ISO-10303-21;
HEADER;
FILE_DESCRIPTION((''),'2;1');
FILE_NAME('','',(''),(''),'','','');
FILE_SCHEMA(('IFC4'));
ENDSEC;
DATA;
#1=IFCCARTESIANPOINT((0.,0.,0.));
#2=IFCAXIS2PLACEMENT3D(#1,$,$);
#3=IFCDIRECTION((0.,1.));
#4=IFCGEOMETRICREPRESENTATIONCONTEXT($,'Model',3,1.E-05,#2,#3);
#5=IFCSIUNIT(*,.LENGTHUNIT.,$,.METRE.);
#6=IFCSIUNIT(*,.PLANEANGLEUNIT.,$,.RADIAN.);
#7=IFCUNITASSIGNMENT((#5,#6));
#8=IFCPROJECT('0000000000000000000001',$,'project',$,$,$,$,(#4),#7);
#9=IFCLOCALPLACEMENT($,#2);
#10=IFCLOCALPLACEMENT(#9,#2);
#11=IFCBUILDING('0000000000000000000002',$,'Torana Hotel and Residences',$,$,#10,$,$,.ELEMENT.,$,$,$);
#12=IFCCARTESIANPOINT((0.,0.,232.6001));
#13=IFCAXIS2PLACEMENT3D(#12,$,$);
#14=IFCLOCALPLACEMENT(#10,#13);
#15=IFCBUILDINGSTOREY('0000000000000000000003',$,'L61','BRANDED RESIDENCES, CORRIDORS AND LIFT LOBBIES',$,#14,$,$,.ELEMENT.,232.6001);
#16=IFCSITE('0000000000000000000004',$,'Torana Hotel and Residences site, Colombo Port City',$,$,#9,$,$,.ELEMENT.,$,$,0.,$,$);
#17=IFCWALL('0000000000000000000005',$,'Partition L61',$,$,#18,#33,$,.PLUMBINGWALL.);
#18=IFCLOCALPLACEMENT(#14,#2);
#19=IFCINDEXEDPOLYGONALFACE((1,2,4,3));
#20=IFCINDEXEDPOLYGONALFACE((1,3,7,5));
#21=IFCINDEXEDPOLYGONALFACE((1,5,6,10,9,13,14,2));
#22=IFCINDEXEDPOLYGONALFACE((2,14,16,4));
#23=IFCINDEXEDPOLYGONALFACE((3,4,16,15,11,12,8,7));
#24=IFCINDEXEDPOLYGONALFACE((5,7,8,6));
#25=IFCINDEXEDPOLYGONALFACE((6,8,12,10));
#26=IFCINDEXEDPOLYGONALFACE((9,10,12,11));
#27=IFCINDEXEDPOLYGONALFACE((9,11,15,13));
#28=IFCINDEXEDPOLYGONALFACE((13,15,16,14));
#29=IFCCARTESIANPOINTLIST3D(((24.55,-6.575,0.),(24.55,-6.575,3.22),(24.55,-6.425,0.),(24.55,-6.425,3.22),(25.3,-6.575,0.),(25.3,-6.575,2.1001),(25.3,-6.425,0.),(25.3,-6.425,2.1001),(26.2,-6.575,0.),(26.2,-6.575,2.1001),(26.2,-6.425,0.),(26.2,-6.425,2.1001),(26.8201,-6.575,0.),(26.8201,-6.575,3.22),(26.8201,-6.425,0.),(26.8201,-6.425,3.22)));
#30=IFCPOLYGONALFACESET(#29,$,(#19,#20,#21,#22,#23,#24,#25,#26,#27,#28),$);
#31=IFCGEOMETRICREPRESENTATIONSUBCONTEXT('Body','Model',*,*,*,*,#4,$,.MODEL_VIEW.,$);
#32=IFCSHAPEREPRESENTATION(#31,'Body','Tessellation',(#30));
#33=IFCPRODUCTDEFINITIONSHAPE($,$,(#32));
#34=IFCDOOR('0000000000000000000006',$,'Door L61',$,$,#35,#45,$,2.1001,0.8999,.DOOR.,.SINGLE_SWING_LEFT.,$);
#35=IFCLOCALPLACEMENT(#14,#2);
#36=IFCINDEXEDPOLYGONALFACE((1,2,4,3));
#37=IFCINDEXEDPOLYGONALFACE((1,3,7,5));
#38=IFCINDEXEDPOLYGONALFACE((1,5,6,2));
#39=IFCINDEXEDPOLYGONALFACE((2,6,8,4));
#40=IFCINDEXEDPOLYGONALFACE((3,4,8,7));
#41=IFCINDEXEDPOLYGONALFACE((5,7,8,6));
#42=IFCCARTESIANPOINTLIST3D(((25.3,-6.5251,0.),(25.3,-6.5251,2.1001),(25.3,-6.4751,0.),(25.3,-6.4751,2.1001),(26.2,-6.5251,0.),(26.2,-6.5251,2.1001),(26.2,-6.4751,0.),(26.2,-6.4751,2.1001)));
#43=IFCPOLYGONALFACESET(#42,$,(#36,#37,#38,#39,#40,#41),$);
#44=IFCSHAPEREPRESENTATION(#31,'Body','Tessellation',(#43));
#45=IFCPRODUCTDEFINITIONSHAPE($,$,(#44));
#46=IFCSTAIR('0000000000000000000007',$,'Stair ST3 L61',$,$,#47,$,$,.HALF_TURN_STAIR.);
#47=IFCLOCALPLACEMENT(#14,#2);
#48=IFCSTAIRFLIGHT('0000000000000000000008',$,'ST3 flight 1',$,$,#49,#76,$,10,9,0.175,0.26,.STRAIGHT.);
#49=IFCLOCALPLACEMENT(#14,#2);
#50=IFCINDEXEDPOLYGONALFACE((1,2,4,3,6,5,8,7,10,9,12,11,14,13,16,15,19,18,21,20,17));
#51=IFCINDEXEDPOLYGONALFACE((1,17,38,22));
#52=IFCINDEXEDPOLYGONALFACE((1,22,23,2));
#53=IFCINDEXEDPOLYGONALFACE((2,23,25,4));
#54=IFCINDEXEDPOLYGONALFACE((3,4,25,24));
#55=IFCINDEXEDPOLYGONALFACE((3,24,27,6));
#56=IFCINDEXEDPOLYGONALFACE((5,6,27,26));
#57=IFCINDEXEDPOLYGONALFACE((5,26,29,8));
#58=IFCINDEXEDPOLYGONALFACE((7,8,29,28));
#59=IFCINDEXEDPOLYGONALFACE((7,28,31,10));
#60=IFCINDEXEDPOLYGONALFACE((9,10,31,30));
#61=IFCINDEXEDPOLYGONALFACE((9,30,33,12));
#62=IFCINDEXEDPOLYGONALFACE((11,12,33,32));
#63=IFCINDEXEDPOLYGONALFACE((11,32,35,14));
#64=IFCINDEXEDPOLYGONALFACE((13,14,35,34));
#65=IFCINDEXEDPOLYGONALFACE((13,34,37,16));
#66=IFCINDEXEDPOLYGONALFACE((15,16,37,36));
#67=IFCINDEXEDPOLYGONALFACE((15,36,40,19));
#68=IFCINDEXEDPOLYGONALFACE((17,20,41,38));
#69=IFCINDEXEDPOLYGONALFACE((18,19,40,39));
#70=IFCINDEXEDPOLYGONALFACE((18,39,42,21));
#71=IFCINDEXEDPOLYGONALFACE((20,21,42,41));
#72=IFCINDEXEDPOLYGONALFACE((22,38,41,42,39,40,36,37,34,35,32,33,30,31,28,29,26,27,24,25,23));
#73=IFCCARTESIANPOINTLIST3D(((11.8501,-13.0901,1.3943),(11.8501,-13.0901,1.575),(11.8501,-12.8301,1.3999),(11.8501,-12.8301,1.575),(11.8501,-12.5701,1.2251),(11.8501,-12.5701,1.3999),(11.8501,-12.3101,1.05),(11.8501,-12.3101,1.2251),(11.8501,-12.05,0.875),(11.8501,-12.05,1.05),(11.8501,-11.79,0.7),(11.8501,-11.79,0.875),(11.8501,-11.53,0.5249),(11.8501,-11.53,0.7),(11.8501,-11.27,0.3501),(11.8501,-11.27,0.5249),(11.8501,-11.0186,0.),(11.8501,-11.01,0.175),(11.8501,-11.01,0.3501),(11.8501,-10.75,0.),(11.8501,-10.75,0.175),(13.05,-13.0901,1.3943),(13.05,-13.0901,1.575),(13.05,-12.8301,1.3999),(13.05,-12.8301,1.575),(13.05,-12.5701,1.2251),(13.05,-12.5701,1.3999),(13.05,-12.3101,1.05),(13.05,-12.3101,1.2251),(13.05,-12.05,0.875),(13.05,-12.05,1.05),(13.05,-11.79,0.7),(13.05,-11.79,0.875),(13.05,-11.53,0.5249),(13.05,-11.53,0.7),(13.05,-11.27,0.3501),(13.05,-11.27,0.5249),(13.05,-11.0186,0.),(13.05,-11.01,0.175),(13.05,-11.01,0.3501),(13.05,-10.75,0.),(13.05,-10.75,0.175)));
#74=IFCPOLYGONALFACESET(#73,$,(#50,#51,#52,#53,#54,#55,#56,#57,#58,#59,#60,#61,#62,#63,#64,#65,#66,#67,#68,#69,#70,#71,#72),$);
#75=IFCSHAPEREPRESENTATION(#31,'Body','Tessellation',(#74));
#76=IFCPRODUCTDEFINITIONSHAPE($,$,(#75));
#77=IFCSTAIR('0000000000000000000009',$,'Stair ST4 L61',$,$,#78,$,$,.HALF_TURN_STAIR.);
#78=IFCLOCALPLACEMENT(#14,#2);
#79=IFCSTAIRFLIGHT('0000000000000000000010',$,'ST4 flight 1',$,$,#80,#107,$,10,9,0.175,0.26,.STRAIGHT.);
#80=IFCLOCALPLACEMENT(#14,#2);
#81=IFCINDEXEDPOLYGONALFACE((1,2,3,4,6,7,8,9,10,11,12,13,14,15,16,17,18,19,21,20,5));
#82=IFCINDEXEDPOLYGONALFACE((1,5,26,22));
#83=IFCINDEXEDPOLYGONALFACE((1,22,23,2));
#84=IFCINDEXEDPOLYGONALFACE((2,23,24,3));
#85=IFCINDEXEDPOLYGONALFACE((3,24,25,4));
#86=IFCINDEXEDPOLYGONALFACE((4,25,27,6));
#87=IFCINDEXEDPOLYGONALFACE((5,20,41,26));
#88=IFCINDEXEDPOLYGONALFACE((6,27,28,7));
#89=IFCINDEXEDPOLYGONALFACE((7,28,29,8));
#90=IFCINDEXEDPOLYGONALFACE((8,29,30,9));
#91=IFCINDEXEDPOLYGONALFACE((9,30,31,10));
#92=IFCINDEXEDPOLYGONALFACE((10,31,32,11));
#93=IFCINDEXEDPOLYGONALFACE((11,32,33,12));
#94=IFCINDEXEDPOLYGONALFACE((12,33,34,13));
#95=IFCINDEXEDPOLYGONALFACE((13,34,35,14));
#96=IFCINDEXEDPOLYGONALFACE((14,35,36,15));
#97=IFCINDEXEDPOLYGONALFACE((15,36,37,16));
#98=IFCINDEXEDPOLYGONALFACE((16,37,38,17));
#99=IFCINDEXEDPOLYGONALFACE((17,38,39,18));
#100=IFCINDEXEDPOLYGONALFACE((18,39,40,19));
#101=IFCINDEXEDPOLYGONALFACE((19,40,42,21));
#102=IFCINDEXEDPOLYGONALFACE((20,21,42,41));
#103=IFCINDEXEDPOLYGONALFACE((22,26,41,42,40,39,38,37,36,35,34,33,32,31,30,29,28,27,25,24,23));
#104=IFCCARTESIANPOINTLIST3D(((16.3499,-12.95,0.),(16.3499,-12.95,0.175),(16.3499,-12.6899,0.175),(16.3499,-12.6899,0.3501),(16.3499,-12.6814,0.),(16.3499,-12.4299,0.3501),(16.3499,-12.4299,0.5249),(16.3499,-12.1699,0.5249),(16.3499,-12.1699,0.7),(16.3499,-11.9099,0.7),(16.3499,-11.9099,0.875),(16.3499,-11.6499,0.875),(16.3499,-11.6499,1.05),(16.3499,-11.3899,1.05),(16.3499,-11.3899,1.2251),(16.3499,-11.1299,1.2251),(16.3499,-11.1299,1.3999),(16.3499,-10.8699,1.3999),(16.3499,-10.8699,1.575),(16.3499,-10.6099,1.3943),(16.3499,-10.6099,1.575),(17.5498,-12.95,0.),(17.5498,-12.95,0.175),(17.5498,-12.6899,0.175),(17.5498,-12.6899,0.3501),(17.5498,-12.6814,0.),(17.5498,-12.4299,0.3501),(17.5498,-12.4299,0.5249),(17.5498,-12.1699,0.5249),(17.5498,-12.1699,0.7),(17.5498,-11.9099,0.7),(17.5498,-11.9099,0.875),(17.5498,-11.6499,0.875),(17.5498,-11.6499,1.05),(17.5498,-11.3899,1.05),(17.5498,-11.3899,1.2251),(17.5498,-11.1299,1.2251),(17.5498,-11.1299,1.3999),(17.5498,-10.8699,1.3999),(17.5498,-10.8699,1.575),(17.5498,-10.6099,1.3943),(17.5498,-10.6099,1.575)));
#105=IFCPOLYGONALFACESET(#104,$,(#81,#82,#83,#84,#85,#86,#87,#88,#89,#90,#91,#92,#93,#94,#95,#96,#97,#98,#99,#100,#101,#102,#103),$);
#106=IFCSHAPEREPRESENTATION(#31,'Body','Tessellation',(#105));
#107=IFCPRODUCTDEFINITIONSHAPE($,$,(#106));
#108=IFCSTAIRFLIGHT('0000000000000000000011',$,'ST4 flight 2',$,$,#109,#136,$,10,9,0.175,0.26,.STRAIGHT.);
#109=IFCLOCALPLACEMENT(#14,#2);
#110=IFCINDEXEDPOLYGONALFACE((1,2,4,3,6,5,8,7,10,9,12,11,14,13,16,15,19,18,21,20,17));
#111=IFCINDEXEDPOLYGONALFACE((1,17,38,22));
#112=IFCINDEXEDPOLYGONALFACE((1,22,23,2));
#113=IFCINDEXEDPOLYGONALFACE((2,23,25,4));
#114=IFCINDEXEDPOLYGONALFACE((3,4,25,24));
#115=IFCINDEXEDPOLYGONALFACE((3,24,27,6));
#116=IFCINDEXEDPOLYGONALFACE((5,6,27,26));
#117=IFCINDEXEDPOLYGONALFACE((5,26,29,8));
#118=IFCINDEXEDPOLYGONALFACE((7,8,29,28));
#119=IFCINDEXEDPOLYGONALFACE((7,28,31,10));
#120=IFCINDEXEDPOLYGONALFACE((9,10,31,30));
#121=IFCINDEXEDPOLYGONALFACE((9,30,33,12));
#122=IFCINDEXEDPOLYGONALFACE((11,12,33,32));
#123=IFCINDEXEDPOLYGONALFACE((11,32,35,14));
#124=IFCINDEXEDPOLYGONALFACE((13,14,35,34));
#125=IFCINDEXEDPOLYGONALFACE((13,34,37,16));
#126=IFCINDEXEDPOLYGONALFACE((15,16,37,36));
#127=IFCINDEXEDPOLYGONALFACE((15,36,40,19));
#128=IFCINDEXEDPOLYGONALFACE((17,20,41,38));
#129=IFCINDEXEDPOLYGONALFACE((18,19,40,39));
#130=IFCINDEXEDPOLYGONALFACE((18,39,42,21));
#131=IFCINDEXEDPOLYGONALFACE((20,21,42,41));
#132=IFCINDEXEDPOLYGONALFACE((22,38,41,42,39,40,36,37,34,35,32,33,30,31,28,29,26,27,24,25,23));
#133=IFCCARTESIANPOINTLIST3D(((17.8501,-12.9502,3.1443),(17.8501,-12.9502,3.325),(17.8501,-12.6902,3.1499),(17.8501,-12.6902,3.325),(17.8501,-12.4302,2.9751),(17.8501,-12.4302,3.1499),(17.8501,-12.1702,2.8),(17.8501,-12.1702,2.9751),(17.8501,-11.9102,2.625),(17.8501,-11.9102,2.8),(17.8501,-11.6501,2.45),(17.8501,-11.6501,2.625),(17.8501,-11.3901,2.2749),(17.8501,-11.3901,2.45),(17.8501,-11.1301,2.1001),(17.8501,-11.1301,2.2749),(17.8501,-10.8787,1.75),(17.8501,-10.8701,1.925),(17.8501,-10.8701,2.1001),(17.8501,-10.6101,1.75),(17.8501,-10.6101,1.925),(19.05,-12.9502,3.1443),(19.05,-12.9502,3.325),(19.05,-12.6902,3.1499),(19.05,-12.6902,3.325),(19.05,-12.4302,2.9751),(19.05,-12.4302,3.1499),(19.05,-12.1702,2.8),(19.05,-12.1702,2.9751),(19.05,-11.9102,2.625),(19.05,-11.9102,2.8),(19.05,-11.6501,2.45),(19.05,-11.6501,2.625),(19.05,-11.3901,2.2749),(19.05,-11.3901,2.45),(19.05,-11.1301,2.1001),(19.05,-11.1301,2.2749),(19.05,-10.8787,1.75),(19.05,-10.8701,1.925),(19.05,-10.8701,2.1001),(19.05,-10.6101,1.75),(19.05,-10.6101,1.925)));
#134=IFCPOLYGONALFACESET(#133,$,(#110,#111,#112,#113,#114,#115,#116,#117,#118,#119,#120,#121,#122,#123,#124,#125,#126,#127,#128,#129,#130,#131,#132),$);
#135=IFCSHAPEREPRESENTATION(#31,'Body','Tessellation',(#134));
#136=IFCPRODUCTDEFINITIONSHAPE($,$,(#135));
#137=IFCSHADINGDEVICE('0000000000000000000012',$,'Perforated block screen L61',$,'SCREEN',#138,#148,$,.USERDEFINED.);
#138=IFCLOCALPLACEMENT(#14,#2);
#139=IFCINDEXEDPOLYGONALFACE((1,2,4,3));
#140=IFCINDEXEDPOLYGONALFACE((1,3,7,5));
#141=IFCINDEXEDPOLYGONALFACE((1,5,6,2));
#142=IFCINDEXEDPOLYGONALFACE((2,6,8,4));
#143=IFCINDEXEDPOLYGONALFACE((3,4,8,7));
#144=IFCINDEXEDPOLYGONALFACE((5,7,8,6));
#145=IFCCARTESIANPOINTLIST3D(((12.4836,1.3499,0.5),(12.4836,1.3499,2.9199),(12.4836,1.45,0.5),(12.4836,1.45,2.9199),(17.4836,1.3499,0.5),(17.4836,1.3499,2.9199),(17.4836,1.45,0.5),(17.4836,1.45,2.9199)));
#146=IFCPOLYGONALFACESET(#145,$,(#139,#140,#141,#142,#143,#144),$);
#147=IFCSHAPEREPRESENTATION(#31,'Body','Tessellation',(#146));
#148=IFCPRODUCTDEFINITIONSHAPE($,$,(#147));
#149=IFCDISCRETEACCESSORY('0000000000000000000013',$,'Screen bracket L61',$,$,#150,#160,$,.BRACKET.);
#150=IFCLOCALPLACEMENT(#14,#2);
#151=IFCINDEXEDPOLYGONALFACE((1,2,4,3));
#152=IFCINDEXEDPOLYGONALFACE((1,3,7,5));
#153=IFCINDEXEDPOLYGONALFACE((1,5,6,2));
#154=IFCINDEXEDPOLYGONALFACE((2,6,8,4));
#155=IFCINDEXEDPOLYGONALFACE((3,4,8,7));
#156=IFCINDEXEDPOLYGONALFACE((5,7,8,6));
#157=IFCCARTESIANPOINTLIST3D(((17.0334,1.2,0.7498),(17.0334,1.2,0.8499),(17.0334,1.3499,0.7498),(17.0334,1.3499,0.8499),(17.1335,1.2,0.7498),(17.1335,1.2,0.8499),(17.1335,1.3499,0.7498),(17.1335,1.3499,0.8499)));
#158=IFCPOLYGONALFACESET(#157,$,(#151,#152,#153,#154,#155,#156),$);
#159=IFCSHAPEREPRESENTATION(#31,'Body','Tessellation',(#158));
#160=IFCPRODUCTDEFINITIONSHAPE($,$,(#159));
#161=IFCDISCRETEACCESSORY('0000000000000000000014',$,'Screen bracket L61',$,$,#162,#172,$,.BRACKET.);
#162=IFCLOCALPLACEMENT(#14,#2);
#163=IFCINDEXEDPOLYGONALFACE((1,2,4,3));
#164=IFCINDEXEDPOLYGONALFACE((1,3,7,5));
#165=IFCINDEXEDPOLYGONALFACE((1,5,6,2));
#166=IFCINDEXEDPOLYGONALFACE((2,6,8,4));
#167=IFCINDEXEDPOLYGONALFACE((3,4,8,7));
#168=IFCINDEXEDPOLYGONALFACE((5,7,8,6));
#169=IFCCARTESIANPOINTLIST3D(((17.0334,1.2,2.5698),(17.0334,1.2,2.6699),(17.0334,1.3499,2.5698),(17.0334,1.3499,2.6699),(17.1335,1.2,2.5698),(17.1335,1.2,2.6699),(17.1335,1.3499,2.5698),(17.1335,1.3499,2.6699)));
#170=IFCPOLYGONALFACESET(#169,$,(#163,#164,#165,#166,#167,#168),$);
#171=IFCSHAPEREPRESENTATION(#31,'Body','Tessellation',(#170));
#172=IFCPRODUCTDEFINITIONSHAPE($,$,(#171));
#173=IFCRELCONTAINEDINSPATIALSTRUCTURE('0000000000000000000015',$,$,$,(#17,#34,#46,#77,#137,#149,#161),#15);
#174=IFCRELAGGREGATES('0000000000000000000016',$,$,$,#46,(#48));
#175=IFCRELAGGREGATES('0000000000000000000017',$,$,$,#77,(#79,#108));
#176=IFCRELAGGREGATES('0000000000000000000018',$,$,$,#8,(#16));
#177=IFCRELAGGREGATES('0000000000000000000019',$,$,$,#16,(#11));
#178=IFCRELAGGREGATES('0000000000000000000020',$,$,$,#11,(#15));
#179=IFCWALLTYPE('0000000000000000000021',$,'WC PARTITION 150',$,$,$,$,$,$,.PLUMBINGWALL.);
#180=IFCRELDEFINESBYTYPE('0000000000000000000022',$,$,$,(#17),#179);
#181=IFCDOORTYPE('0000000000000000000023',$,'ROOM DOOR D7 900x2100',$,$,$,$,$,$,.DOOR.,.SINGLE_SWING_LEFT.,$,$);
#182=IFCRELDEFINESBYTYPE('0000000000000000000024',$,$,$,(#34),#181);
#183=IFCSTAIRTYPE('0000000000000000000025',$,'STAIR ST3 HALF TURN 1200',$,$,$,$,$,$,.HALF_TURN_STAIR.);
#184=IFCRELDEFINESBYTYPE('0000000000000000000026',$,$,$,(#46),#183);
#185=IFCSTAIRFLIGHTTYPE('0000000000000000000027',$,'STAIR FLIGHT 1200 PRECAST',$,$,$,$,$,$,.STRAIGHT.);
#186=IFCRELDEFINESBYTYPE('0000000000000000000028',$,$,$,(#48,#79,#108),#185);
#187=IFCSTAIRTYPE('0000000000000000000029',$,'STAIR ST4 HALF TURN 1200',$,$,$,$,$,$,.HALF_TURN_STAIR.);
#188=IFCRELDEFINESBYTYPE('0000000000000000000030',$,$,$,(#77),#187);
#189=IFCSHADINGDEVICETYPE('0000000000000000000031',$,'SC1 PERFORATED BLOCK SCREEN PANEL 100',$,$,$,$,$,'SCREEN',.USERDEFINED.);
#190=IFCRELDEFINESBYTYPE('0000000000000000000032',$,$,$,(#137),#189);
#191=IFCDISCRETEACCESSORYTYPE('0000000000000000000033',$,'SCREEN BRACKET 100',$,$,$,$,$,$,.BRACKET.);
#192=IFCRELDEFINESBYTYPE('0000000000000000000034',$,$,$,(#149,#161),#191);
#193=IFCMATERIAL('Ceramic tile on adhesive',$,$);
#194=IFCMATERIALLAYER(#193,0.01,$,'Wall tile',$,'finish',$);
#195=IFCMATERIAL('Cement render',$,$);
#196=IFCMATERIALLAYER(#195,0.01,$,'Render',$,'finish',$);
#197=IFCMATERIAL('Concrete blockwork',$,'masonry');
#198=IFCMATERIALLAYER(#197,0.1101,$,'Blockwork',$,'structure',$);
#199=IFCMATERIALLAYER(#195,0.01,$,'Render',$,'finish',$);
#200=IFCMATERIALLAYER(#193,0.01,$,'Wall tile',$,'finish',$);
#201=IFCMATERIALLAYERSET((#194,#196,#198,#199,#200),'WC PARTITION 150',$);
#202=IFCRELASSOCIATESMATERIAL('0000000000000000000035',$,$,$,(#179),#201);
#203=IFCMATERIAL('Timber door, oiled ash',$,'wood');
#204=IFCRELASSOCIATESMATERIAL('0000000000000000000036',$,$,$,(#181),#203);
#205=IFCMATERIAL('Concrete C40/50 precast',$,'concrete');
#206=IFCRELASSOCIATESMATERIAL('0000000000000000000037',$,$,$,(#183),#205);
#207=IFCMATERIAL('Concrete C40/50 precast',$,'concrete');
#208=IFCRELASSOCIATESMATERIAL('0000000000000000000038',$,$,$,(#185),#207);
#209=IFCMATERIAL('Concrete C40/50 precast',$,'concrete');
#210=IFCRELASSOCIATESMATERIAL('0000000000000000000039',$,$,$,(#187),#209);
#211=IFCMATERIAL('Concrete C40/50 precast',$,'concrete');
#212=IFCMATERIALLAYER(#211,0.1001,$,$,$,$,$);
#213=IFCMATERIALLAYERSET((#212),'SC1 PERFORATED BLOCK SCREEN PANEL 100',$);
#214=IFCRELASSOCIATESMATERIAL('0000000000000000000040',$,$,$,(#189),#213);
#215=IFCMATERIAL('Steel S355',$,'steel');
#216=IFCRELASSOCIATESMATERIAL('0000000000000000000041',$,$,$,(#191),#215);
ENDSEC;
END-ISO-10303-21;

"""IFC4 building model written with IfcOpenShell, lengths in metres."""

from ifc_helpers import new_model, si_unit, direction, frame, frame_2d, origin, origin_2d, place, context, subcontext, project, spatial, polyline, rectangle, outline, extrude, material, layer, layer_set, type_object, element, fill, aggregate, save


model = new_model("IFC4")

# Units and contexts
model_context = context("Model", 3, precision=1e-05, world=origin(), true_north=direction((0.0, 1.0)))
body_context = subcontext(model_context, "Body", "Model", "MODEL_VIEW")
ifc_project = project(units=[si_unit("LENGTHUNIT", "METRE"), si_unit("PLANEANGLEUNIT", "RADIAN")], contexts=[model_context])

# Site, building, storey
site_placement = place(None, origin())
site = spatial("IfcSite", under=ifc_project, at=site_placement, Name="Torana Hotel and Residences site, Colombo Port City", CompositionType="ELEMENT", RefElevation=0.0)
building_placement = place(site_placement, origin())
building = spatial("IfcBuilding", under=site, at=building_placement, Name="Torana Hotel and Residences", CompositionType="ELEMENT")
storey_placement = place(building_placement, frame((0.0, 0.0, 232.6001)))
storey = spatial("IfcBuildingStorey", under=building, at=storey_placement, Name="L61", Description="BRANDED RESIDENCES, CORRIDORS AND LIFT LOBBIES", CompositionType="ELEMENT", Elevation=232.6001)

# Shared definitions
ifc_material_1 = material(Name="Concrete blockwork", Category="masonry")

# Wall, opening, door
ifc_material_2 = material(Name="Ceramic tile on adhesive")
ifc_layer_1 = layer(ifc_material_2, 0.01, Name="Wall tile", Category="finish")
ifc_material_3 = material(Name="Cement render")
ifc_layer_2 = layer(ifc_material_3, 0.01, Name="Render", Category="finish")
ifc_layer_3 = layer(ifc_material_1, 0.1101, Name="Blockwork", Category="structure")
ifc_layer_4 = layer(ifc_material_3, 0.01, Name="Render", Category="finish")
ifc_layer_5 = layer(ifc_material_2, 0.01, Name="Wall tile", Category="finish")
ifc_layer_set_1 = layer_set([ifc_layer_1, ifc_layer_2, ifc_layer_3, ifc_layer_4, ifc_layer_5], Name="WC PARTITION 150")
wall_type_1 = type_object("IfcWallType", Name="WC PARTITION 150", PredefinedType="PLUMBINGWALL", material=ifc_layer_set_1)
wall_1_placement = place(storey_placement, frame((24.55, -6.5, 0.0), z_axis=(0.0, 0.0, 1.0), x_axis=(1.0, 0.0, 0.0)))
wall_1 = element("IfcWall", 1, at=wall_1_placement, inside=storey, type_object=wall_type_1, Name="Partition L61", PredefinedType="PLUMBINGWALL", context=body_context, shape_type="SweptSolid", body=[
    extrude(rectangle(XDim=2.27, YDim=0.1499, at=frame_2d((1.135, 0.0))), origin(), (0.0, 0.0, 1.0), 3.22),
])
opening_1_placement = place(wall_1_placement, frame((0.75, 0.0, 0.0)))
opening_1 = element("IfcOpeningElement", 2, at=opening_1_placement, cuts=wall_1, PredefinedType="OPENING", context=body_context, shape_type="SweptSolid", body=[
    extrude(rectangle(XDim=0.8999, YDim=2.1001, at=frame_2d((0.45, 1.05))), frame((0.0, 0.085, 0.0), z_axis=(0.0, -1.0, 0.0), x_axis=(1.0, 0.0, 0.0)), (0.0, 0.0, 1.0), 0.1699),
])
ifc_material_4 = material(Name="Timber door, oiled ash", Category="wood")
door_type_1 = type_object("IfcDoorType", Name="ROOM DOOR D7 900x2100", OperationType="SINGLE_SWING_LEFT", PredefinedType="DOOR", material=ifc_material_4)
door_1_placement = place(opening_1_placement, origin())
door_1 = element("IfcDoor", 3, at=door_1_placement, inside=storey, type_object=door_type_1, Name="Door L61", OperationType="SINGLE_SWING_LEFT", OverallHeight=2.1001, OverallWidth=0.8999, PredefinedType="DOOR", context=body_context, shape_type="SweptSolid", body=[
    extrude(rectangle(XDim=0.8999, YDim=2.1001, at=frame_2d((0.45, 1.05))), frame((0.0, 0.0249, 0.0), z_axis=(0.0, -1.0, 0.0), x_axis=(1.0, 0.0, 0.0)), (0.0, 0.0, 1.0), 0.05),
])
fill(opening_1, door_1)

# Stair, stair flight
ifc_material_5 = material(Name="Concrete C40/50 precast", Category="concrete")
stair_type_1 = type_object("IfcStairType", Name="STAIR ST3 HALF TURN 1200", PredefinedType="HALF_TURN_STAIR", material=ifc_material_5)
stair_1_placement = place(storey_placement, origin())
stair_1 = element("IfcStair", 4, at=stair_1_placement, inside=storey, type_object=stair_type_1, Name="Stair ST3 L61", PredefinedType="HALF_TURN_STAIR")
ifc_material_6 = material(Name="Concrete C40/50 precast", Category="concrete")
stair_flight_type = type_object("IfcStairFlightType", Name="STAIR FLIGHT 1200 PRECAST", PredefinedType="STRAIGHT", material=ifc_material_6)
stair_flight_1_placement = place(storey_placement, frame((12.45, -10.75, 0.0), z_axis=(0.0, 0.0, 1.0), x_axis=(0.0, -1.0, 0.0)))
stair_flight_1 = element("IfcStairFlight", 5, at=stair_flight_1_placement, type_object=stair_flight_type, Name="ST3 flight 1", NumberOfRisers=10, NumberOfTreads=9, PredefinedType="STRAIGHT", RiserHeight=0.175, TreadLength=0.26, context=body_context, shape_type="SweptSolid", body=[
    extrude(outline(polyline([(0.0, 0.0), (0.0, 0.175), (0.26, 0.175), (0.26, 0.3501), (0.52, 0.3501), (0.52, 0.5249), (0.78, 0.5249), (0.78, 0.7), (1.04, 0.7), (1.04, 0.875), (1.3, 0.875), (1.3, 1.05), (1.5601, 1.05), (1.5601, 1.2251), (1.8201, 1.2251), (1.8201, 1.3999), (2.0801, 1.3999), (2.0801, 1.575), (2.3401, 1.575), (2.3401, 1.75), (2.3401, 1.3943), (0.2686, 0.0), (0.0, 0.0)])), frame((0.0, 0.6001, 0.0), z_axis=(0.0, -1.0, 0.0), x_axis=(1.0, 0.0, 0.0)), (0.0, 0.0, 1.0), 1.2),
])
aggregate(stair_1, [stair_flight_1])

# Stair, stair flights
ifc_material_7 = material(Name="Concrete C40/50 precast", Category="concrete")
stair_type_2 = type_object("IfcStairType", Name="STAIR ST4 HALF TURN 1200", PredefinedType="HALF_TURN_STAIR", material=ifc_material_7)
stair_2_placement = place(storey_placement, origin())
stair_2 = element("IfcStair", 6, at=stair_2_placement, inside=storey, type_object=stair_type_2, Name="Stair ST4 L61", PredefinedType="HALF_TURN_STAIR")
stair_flight_2_placement = place(storey_placement, frame((16.95, -12.95, 0.0), z_axis=(0.0, 0.0, 1.0), x_axis=(0.0, 1.0, 0.0)))
stair_flight_2 = element("IfcStairFlight", 7, at=stair_flight_2_placement, type_object=stair_flight_type, Name="ST4 flight 1", NumberOfRisers=10, NumberOfTreads=9, PredefinedType="STRAIGHT", RiserHeight=0.175, TreadLength=0.26, context=body_context, shape_type="SweptSolid", body=[
    extrude(outline(polyline([(0.0, 0.0), (0.0, 0.175), (0.26, 0.175), (0.26, 0.3501), (0.52, 0.3501), (0.52, 0.5249), (0.78, 0.5249), (0.78, 0.7), (1.04, 0.7), (1.04, 0.875), (1.3, 0.875), (1.3, 1.05), (1.5601, 1.05), (1.5601, 1.2251), (1.8201, 1.2251), (1.8201, 1.3999), (2.0801, 1.3999), (2.0801, 1.575), (2.3401, 1.575), (2.3401, 1.75), (2.3401, 1.3943), (0.2686, 0.0), (0.0, 0.0)])), frame((0.0, 0.6001, 0.0), z_axis=(0.0, -1.0, 0.0), x_axis=(1.0, 0.0, 0.0)), (0.0, 0.0, 1.0), 1.2),
])
stair_flight_3_placement = place(storey_placement, frame((18.45, -10.6101, 1.75), z_axis=(0.0, 0.0, 1.0), x_axis=(0.0, -1.0, 0.0)))
stair_flight_3 = element("IfcStairFlight", 8, at=stair_flight_3_placement, type_object=stair_flight_type, Name="ST4 flight 2", NumberOfRisers=10, NumberOfTreads=9, PredefinedType="STRAIGHT", RiserHeight=0.175, TreadLength=0.26, context=body_context, shape_type="SweptSolid", body=[
    extrude(outline(polyline([(0.0, 0.0), (0.0, 0.175), (0.26, 0.175), (0.26, 0.3501), (0.52, 0.3501), (0.52, 0.5249), (0.78, 0.5249), (0.78, 0.7), (1.04, 0.7), (1.04, 0.875), (1.3, 0.875), (1.3, 1.05), (1.5601, 1.05), (1.5601, 1.2251), (1.8201, 1.2251), (1.8201, 1.3999), (2.0801, 1.3999), (2.0801, 1.575), (2.3401, 1.575), (2.3401, 1.75), (2.3401, 1.3943), (0.2686, 0.0), (0.0, 0.0)])), frame((0.0, 0.6001, 0.0), z_axis=(0.0, -1.0, 0.0), x_axis=(1.0, 0.0, 0.0)), (0.0, 0.0, 1.0), 1.2),
])
aggregate(stair_2, [stair_flight_2, stair_flight_3])

# Shading device
ifc_material_8 = material(Name="Concrete C40/50 precast", Category="concrete")
ifc_layer_6 = layer(ifc_material_8, 0.1001)
ifc_layer_set_2 = layer_set([ifc_layer_6], Name="SC1 PERFORATED BLOCK SCREEN PANEL 100")
shading_device_type = type_object("IfcShadingDeviceType", Name="SC1 PERFORATED BLOCK SCREEN PANEL 100", ElementType="SCREEN", PredefinedType="USERDEFINED", material=ifc_layer_set_2)
shading_device_placement = place(storey_placement, frame((14.9836, 1.3999, 0.5), z_axis=(0.0, 0.0, 1.0), x_axis=(-1.0, 0.0, 0.0)))
element("IfcShadingDevice", 9, at=shading_device_placement, inside=storey, type_object=shading_device_type, Name="Perforated block screen L61", ObjectType="SCREEN", PredefinedType="USERDEFINED", context=body_context, shape_type="SweptSolid", body=[
    extrude(rectangle(XDim=5.0, YDim=0.1001, at=origin_2d()), origin(), (0.0, 0.0, 1.0), 2.4199),
])

# Discrete accessories
ifc_material_9 = material(Name="Steel S355", Category="steel")
discrete_accessory_type = type_object("IfcDiscreteAccessoryType", Name="SCREEN BRACKET 100", PredefinedType="BRACKET", material=ifc_material_9)
for number, where, z_axis, x_axis, name in (
    (10, (17.0835, 1.2749, 0.7498), (0.0, 0.0, 1.0), (-1.0, 0.0, 0.0), "Screen bracket L61"),
    (11, (17.0835, 1.2749, 2.5698), (0.0, 0.0, 1.0), (-1.0, 0.0, 0.0), "Screen bracket L61"),
):
    element("IfcDiscreteAccessory", number, at=place(storey_placement, frame(where, z_axis=z_axis, x_axis=x_axis)), inside=storey, type_object=discrete_accessory_type, Name=name, PredefinedType="BRACKET", context=body_context, shape_type="SweptSolid", body=[
        extrude(rectangle(XDim=0.1001, YDim=0.1499, at=origin_2d()), origin(), (0.0, 0.0, 1.0), 0.1001),
    ])

save(model, "model.ifc")
